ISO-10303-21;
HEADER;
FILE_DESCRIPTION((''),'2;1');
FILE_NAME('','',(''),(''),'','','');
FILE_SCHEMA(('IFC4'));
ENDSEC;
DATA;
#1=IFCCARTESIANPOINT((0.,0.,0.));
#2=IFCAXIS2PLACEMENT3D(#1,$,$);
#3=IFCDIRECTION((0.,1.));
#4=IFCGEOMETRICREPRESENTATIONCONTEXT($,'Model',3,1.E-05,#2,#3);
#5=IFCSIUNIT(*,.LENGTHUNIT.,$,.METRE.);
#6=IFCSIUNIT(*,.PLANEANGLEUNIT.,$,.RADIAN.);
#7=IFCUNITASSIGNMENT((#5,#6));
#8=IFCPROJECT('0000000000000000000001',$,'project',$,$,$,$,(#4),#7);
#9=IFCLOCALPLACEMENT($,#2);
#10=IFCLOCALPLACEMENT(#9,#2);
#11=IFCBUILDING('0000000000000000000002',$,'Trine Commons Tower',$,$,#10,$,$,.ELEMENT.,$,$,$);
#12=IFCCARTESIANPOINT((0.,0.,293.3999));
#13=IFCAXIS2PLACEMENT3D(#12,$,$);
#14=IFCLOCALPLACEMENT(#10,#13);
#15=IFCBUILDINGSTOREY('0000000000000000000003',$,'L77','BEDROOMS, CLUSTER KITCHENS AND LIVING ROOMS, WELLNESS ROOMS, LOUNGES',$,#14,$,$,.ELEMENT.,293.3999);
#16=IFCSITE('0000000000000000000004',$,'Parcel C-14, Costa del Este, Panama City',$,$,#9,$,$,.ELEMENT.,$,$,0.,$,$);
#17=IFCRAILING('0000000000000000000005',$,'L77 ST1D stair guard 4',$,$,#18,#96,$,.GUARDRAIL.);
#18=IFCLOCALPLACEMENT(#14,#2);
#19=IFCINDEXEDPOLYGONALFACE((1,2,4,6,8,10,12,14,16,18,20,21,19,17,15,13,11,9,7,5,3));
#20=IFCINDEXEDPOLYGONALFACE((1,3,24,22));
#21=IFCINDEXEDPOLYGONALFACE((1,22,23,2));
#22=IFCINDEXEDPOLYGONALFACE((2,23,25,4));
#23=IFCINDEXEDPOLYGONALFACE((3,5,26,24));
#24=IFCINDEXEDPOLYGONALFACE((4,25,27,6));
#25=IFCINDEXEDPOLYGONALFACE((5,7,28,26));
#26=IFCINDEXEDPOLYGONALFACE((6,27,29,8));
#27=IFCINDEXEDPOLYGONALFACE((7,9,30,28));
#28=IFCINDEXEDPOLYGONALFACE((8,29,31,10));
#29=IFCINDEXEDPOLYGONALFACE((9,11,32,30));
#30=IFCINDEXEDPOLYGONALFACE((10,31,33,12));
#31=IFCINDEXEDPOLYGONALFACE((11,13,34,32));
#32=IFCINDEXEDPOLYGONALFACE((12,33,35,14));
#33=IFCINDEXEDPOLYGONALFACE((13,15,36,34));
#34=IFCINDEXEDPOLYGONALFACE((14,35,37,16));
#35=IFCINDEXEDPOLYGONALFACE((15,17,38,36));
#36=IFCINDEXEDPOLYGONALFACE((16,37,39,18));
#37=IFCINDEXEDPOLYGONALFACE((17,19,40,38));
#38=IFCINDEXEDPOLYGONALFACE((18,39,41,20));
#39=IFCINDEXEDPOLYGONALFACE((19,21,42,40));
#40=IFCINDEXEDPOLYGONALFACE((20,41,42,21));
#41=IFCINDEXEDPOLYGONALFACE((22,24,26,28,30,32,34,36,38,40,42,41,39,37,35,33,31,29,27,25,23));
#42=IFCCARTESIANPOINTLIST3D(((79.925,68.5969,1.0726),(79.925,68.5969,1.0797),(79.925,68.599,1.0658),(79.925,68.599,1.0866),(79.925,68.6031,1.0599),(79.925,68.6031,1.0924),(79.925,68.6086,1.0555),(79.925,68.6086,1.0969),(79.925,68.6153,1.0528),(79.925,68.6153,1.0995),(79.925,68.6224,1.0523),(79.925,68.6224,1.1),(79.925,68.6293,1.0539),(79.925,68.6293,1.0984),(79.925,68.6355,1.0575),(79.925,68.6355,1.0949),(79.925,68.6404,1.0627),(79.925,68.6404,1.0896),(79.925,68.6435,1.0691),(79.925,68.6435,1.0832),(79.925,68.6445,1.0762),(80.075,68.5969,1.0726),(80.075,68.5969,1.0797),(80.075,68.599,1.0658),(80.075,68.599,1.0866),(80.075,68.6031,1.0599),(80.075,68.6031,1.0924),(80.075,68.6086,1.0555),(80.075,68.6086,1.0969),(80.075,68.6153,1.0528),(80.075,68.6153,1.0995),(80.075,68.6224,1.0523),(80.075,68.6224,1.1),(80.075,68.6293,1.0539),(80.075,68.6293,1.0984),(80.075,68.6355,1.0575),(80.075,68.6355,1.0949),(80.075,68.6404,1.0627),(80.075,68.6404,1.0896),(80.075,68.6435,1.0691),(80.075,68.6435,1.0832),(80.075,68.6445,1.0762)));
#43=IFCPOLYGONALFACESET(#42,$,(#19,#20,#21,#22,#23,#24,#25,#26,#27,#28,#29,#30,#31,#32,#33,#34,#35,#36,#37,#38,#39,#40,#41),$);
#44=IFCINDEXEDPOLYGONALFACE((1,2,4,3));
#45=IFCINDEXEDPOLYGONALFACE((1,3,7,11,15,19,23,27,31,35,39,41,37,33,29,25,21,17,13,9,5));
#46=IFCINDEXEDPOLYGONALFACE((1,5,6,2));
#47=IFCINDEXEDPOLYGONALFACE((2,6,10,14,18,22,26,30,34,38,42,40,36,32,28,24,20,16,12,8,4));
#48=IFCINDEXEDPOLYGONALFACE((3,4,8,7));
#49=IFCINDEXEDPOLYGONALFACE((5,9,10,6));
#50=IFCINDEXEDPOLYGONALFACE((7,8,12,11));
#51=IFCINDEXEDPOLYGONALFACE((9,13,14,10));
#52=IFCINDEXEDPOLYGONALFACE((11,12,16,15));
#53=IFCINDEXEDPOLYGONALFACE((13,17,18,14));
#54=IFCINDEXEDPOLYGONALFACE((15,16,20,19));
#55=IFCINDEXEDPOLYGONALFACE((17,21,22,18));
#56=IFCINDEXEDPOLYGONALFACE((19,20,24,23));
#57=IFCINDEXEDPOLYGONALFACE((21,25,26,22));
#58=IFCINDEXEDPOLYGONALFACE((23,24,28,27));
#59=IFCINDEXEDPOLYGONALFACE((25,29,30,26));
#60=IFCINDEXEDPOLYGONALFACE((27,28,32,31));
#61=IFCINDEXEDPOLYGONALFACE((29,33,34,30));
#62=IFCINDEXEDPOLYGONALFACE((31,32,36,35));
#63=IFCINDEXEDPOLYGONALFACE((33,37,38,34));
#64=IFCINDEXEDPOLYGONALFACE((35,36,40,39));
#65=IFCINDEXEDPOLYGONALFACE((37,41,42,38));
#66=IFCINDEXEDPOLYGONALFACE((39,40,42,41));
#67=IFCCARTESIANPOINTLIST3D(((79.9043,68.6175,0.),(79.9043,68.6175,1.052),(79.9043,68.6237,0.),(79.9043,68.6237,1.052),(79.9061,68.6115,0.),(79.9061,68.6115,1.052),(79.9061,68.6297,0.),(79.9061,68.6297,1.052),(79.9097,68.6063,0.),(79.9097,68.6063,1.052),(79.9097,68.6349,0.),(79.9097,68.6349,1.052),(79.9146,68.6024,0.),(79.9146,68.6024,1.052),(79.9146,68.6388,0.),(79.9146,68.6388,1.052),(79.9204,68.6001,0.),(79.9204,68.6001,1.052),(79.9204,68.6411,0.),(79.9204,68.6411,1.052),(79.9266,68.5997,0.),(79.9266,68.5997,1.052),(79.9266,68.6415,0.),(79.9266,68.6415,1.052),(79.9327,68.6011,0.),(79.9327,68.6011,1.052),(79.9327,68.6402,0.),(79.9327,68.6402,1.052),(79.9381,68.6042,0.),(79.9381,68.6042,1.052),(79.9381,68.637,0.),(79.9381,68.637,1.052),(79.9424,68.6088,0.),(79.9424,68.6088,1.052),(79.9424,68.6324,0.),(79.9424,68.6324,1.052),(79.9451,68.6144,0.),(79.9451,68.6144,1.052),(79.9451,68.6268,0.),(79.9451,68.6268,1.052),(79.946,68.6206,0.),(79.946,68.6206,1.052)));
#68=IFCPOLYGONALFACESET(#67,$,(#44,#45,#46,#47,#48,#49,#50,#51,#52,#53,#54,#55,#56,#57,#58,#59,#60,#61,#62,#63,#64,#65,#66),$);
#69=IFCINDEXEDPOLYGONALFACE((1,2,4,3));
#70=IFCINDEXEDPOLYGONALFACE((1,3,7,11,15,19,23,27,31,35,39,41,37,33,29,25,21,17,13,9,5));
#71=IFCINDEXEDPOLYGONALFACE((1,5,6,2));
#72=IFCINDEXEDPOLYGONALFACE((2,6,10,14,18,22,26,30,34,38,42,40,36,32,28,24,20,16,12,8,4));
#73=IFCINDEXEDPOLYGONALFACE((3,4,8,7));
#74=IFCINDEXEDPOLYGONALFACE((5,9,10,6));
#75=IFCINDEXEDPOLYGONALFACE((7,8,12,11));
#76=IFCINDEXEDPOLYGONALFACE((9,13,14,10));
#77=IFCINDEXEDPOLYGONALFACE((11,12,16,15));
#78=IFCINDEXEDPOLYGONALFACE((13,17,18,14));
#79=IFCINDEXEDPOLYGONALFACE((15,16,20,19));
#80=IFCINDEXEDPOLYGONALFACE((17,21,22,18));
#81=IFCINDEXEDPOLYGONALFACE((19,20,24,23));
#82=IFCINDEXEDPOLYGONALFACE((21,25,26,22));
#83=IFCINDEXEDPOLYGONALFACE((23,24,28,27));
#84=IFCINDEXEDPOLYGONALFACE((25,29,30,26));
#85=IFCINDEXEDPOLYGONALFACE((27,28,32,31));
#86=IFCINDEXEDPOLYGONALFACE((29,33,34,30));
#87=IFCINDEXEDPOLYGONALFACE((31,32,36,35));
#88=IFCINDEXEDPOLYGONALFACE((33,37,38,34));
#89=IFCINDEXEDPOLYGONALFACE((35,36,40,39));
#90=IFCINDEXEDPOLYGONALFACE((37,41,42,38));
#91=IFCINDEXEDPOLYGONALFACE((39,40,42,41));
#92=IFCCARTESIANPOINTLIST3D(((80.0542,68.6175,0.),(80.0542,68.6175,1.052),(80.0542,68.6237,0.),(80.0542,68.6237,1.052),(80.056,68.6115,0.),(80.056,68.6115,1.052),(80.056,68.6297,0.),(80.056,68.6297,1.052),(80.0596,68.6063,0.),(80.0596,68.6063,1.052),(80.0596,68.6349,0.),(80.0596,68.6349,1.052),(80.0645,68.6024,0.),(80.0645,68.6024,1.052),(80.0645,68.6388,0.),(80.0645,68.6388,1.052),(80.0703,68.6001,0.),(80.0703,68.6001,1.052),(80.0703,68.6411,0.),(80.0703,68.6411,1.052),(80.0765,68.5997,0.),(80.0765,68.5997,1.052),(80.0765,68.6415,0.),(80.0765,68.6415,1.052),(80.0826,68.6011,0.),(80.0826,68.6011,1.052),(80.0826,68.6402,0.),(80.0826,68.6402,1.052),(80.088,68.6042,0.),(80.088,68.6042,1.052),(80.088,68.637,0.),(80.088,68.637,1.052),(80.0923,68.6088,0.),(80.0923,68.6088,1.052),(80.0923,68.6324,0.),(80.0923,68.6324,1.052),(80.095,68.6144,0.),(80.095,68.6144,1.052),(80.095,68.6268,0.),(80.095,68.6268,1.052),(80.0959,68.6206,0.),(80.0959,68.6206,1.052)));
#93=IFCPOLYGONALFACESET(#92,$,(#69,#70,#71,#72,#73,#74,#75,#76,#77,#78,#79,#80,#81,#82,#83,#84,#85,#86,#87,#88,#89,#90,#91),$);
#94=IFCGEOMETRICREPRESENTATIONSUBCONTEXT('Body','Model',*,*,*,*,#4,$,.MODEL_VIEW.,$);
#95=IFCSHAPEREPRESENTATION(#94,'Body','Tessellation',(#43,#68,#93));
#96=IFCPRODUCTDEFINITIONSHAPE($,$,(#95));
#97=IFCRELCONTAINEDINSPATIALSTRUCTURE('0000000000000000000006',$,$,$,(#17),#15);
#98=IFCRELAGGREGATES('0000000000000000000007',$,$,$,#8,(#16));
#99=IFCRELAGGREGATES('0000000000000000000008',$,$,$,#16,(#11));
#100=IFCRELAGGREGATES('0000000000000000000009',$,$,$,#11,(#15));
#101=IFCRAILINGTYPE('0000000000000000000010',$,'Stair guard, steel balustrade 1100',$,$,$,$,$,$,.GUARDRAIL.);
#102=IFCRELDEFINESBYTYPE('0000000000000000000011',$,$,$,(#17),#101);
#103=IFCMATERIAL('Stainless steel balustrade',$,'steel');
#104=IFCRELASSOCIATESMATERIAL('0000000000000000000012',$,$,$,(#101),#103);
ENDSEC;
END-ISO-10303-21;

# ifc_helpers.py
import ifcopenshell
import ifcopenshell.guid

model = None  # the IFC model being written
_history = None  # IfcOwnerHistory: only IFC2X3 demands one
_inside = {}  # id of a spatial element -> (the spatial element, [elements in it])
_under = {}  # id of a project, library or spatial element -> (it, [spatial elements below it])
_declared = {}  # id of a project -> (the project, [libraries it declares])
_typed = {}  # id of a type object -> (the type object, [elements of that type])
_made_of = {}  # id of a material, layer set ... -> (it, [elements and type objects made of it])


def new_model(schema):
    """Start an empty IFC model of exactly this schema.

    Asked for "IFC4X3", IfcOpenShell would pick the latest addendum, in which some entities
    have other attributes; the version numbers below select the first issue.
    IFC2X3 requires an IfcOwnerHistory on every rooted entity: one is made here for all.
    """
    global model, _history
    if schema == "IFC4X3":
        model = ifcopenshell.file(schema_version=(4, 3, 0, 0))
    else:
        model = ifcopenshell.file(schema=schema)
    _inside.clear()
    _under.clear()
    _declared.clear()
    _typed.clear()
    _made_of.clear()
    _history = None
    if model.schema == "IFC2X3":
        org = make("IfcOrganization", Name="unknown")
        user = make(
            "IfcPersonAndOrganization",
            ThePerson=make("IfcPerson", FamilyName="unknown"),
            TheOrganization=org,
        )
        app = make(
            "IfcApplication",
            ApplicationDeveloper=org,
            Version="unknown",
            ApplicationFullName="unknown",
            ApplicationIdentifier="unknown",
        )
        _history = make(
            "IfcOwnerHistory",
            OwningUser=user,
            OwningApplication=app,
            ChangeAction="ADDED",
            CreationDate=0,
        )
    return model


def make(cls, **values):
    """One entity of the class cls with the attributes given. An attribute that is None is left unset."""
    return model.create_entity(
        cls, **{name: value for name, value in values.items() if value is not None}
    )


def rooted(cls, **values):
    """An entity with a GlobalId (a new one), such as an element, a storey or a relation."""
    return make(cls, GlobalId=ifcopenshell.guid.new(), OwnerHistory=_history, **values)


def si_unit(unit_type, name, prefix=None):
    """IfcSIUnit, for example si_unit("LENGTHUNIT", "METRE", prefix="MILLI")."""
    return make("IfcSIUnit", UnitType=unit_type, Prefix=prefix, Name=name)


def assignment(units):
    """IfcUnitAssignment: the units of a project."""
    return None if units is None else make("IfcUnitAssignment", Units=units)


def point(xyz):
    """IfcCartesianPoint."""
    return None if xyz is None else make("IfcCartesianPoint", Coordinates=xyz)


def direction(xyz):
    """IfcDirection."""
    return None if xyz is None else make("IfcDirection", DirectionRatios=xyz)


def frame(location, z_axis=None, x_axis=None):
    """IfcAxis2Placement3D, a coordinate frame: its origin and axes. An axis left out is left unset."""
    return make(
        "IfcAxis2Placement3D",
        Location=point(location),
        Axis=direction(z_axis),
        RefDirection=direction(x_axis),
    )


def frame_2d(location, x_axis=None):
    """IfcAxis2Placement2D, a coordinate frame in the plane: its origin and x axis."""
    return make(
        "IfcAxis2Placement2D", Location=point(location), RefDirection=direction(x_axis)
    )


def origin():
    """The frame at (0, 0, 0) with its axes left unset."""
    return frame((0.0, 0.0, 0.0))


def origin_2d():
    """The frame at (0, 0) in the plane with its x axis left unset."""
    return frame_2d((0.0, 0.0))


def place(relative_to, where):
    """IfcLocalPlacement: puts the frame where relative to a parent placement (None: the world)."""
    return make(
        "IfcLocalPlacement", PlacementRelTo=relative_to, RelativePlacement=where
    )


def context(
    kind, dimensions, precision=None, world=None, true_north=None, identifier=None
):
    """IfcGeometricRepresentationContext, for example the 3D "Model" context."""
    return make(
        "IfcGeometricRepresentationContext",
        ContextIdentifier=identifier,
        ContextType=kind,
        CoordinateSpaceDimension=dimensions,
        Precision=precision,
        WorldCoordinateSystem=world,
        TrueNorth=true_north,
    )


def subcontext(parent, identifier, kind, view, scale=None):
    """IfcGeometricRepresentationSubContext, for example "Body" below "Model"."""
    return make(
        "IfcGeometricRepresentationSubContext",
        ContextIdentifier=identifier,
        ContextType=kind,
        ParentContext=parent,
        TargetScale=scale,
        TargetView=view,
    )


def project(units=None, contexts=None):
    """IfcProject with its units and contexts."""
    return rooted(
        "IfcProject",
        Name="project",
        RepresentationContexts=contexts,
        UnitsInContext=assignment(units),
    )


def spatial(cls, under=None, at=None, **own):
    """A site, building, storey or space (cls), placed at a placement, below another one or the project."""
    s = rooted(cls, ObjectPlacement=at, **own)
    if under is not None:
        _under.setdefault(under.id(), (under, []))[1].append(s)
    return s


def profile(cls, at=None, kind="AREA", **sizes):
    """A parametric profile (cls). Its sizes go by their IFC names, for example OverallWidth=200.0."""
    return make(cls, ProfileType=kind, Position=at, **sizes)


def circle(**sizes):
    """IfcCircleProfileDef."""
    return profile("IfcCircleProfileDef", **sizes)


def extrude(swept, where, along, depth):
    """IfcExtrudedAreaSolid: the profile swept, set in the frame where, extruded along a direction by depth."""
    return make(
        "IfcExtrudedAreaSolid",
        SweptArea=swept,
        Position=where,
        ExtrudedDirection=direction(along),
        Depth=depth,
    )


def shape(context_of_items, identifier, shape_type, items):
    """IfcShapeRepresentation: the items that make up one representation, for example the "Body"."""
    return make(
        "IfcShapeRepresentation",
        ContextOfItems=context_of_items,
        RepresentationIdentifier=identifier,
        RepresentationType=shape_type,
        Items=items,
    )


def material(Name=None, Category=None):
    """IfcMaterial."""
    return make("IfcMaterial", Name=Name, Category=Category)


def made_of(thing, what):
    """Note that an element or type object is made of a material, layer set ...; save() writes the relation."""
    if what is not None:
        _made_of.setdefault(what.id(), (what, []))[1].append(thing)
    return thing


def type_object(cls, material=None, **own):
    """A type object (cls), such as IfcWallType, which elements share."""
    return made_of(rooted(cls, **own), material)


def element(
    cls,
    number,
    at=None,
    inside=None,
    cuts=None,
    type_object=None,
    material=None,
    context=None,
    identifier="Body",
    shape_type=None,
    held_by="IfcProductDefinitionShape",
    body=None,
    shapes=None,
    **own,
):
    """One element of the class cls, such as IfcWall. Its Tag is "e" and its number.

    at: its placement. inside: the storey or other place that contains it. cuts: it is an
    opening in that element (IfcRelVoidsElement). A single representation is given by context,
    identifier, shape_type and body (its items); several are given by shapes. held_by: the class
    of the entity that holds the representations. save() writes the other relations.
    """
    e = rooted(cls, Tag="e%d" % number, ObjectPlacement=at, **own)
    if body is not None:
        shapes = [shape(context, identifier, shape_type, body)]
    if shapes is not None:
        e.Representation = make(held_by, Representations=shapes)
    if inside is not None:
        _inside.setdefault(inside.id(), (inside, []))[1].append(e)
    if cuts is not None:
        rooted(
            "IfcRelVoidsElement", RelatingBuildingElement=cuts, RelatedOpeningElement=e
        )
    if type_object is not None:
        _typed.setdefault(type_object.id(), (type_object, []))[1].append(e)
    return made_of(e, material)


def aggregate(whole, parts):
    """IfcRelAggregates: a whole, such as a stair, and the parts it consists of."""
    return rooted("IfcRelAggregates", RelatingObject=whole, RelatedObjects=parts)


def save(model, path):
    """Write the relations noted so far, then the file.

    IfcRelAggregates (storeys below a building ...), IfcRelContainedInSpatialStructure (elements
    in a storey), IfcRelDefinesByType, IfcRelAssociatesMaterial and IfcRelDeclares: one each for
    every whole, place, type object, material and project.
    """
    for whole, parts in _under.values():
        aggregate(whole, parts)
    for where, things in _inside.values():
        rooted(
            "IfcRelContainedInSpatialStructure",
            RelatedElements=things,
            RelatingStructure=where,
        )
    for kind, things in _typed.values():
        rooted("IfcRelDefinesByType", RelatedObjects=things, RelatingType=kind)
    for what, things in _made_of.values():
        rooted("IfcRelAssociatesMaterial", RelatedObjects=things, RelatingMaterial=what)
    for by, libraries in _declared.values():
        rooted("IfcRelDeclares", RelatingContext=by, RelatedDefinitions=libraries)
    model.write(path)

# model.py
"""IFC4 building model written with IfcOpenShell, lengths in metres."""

from ifc_helpers import new_model, si_unit, direction, frame, origin, origin_2d, place, context, subcontext, project, spatial, circle, extrude, material, type_object, element, save


model = new_model("IFC4")

# Units and contexts
model_context = context("Model", 3, precision=1e-05, world=origin(), true_north=direction((0.0, 1.0)))
body_context = subcontext(model_context, "Body", "Model", "MODEL_VIEW")
ifc_project = project(units=[si_unit("LENGTHUNIT", "METRE"), si_unit("PLANEANGLEUNIT", "RADIAN")], contexts=[model_context])

# Site, building, storey
site_placement = place(None, origin())
site = spatial("IfcSite", under=ifc_project, at=site_placement, Name="Parcel C-14, Costa del Este, Panama City", CompositionType="ELEMENT", RefElevation=0.0)
building_placement = place(site_placement, origin())
building = spatial("IfcBuilding", under=site, at=building_placement, Name="Trine Commons Tower", CompositionType="ELEMENT")
storey_placement = place(building_placement, frame((0.0, 0.0, 293.3999)))
storey = spatial("IfcBuildingStorey", under=building, at=storey_placement, Name="L77", Description="BEDROOMS, CLUSTER KITCHENS AND LIVING ROOMS, WELLNESS ROOMS, LOUNGES", CompositionType="ELEMENT", Elevation=293.3999)

# Railing
ifc_material_1 = material(Name="Stainless steel balustrade", Category="steel")
railing_type_1 = type_object("IfcRailingType", Name="Stair guard, steel balustrade 1100", PredefinedType="GUARDRAIL", material=ifc_material_1)
railing_1_placement = place(storey_placement, frame((79.925, 68.6206, 0.0)))
element("IfcRailing", 1, at=railing_1_placement, inside=storey, type_object=railing_type_1, Name="L77 ST1D stair guard 4", PredefinedType="GUARDRAIL", context=body_context, shape_type="SweptSolid", body=[
    extrude(circle(Radius=0.0239, at=origin_2d()), frame((0.0, 0.0, 1.0762), z_axis=(1.0, 0.0, 0.0), x_axis=(0.0, 1.0, 0.0)), (0.0, 0.0, 1.0), 0.1499),
    extrude(circle(Radius=0.021, at=origin_2d()), origin(), (0.0, 0.0, 1.0), 1.052),
    extrude(circle(Radius=0.021, at=origin_2d()), frame((0.1499, 0.0, 0.0)), (0.0, 0.0, 1.0), 1.052),
])

save(model, "model.ifc")
